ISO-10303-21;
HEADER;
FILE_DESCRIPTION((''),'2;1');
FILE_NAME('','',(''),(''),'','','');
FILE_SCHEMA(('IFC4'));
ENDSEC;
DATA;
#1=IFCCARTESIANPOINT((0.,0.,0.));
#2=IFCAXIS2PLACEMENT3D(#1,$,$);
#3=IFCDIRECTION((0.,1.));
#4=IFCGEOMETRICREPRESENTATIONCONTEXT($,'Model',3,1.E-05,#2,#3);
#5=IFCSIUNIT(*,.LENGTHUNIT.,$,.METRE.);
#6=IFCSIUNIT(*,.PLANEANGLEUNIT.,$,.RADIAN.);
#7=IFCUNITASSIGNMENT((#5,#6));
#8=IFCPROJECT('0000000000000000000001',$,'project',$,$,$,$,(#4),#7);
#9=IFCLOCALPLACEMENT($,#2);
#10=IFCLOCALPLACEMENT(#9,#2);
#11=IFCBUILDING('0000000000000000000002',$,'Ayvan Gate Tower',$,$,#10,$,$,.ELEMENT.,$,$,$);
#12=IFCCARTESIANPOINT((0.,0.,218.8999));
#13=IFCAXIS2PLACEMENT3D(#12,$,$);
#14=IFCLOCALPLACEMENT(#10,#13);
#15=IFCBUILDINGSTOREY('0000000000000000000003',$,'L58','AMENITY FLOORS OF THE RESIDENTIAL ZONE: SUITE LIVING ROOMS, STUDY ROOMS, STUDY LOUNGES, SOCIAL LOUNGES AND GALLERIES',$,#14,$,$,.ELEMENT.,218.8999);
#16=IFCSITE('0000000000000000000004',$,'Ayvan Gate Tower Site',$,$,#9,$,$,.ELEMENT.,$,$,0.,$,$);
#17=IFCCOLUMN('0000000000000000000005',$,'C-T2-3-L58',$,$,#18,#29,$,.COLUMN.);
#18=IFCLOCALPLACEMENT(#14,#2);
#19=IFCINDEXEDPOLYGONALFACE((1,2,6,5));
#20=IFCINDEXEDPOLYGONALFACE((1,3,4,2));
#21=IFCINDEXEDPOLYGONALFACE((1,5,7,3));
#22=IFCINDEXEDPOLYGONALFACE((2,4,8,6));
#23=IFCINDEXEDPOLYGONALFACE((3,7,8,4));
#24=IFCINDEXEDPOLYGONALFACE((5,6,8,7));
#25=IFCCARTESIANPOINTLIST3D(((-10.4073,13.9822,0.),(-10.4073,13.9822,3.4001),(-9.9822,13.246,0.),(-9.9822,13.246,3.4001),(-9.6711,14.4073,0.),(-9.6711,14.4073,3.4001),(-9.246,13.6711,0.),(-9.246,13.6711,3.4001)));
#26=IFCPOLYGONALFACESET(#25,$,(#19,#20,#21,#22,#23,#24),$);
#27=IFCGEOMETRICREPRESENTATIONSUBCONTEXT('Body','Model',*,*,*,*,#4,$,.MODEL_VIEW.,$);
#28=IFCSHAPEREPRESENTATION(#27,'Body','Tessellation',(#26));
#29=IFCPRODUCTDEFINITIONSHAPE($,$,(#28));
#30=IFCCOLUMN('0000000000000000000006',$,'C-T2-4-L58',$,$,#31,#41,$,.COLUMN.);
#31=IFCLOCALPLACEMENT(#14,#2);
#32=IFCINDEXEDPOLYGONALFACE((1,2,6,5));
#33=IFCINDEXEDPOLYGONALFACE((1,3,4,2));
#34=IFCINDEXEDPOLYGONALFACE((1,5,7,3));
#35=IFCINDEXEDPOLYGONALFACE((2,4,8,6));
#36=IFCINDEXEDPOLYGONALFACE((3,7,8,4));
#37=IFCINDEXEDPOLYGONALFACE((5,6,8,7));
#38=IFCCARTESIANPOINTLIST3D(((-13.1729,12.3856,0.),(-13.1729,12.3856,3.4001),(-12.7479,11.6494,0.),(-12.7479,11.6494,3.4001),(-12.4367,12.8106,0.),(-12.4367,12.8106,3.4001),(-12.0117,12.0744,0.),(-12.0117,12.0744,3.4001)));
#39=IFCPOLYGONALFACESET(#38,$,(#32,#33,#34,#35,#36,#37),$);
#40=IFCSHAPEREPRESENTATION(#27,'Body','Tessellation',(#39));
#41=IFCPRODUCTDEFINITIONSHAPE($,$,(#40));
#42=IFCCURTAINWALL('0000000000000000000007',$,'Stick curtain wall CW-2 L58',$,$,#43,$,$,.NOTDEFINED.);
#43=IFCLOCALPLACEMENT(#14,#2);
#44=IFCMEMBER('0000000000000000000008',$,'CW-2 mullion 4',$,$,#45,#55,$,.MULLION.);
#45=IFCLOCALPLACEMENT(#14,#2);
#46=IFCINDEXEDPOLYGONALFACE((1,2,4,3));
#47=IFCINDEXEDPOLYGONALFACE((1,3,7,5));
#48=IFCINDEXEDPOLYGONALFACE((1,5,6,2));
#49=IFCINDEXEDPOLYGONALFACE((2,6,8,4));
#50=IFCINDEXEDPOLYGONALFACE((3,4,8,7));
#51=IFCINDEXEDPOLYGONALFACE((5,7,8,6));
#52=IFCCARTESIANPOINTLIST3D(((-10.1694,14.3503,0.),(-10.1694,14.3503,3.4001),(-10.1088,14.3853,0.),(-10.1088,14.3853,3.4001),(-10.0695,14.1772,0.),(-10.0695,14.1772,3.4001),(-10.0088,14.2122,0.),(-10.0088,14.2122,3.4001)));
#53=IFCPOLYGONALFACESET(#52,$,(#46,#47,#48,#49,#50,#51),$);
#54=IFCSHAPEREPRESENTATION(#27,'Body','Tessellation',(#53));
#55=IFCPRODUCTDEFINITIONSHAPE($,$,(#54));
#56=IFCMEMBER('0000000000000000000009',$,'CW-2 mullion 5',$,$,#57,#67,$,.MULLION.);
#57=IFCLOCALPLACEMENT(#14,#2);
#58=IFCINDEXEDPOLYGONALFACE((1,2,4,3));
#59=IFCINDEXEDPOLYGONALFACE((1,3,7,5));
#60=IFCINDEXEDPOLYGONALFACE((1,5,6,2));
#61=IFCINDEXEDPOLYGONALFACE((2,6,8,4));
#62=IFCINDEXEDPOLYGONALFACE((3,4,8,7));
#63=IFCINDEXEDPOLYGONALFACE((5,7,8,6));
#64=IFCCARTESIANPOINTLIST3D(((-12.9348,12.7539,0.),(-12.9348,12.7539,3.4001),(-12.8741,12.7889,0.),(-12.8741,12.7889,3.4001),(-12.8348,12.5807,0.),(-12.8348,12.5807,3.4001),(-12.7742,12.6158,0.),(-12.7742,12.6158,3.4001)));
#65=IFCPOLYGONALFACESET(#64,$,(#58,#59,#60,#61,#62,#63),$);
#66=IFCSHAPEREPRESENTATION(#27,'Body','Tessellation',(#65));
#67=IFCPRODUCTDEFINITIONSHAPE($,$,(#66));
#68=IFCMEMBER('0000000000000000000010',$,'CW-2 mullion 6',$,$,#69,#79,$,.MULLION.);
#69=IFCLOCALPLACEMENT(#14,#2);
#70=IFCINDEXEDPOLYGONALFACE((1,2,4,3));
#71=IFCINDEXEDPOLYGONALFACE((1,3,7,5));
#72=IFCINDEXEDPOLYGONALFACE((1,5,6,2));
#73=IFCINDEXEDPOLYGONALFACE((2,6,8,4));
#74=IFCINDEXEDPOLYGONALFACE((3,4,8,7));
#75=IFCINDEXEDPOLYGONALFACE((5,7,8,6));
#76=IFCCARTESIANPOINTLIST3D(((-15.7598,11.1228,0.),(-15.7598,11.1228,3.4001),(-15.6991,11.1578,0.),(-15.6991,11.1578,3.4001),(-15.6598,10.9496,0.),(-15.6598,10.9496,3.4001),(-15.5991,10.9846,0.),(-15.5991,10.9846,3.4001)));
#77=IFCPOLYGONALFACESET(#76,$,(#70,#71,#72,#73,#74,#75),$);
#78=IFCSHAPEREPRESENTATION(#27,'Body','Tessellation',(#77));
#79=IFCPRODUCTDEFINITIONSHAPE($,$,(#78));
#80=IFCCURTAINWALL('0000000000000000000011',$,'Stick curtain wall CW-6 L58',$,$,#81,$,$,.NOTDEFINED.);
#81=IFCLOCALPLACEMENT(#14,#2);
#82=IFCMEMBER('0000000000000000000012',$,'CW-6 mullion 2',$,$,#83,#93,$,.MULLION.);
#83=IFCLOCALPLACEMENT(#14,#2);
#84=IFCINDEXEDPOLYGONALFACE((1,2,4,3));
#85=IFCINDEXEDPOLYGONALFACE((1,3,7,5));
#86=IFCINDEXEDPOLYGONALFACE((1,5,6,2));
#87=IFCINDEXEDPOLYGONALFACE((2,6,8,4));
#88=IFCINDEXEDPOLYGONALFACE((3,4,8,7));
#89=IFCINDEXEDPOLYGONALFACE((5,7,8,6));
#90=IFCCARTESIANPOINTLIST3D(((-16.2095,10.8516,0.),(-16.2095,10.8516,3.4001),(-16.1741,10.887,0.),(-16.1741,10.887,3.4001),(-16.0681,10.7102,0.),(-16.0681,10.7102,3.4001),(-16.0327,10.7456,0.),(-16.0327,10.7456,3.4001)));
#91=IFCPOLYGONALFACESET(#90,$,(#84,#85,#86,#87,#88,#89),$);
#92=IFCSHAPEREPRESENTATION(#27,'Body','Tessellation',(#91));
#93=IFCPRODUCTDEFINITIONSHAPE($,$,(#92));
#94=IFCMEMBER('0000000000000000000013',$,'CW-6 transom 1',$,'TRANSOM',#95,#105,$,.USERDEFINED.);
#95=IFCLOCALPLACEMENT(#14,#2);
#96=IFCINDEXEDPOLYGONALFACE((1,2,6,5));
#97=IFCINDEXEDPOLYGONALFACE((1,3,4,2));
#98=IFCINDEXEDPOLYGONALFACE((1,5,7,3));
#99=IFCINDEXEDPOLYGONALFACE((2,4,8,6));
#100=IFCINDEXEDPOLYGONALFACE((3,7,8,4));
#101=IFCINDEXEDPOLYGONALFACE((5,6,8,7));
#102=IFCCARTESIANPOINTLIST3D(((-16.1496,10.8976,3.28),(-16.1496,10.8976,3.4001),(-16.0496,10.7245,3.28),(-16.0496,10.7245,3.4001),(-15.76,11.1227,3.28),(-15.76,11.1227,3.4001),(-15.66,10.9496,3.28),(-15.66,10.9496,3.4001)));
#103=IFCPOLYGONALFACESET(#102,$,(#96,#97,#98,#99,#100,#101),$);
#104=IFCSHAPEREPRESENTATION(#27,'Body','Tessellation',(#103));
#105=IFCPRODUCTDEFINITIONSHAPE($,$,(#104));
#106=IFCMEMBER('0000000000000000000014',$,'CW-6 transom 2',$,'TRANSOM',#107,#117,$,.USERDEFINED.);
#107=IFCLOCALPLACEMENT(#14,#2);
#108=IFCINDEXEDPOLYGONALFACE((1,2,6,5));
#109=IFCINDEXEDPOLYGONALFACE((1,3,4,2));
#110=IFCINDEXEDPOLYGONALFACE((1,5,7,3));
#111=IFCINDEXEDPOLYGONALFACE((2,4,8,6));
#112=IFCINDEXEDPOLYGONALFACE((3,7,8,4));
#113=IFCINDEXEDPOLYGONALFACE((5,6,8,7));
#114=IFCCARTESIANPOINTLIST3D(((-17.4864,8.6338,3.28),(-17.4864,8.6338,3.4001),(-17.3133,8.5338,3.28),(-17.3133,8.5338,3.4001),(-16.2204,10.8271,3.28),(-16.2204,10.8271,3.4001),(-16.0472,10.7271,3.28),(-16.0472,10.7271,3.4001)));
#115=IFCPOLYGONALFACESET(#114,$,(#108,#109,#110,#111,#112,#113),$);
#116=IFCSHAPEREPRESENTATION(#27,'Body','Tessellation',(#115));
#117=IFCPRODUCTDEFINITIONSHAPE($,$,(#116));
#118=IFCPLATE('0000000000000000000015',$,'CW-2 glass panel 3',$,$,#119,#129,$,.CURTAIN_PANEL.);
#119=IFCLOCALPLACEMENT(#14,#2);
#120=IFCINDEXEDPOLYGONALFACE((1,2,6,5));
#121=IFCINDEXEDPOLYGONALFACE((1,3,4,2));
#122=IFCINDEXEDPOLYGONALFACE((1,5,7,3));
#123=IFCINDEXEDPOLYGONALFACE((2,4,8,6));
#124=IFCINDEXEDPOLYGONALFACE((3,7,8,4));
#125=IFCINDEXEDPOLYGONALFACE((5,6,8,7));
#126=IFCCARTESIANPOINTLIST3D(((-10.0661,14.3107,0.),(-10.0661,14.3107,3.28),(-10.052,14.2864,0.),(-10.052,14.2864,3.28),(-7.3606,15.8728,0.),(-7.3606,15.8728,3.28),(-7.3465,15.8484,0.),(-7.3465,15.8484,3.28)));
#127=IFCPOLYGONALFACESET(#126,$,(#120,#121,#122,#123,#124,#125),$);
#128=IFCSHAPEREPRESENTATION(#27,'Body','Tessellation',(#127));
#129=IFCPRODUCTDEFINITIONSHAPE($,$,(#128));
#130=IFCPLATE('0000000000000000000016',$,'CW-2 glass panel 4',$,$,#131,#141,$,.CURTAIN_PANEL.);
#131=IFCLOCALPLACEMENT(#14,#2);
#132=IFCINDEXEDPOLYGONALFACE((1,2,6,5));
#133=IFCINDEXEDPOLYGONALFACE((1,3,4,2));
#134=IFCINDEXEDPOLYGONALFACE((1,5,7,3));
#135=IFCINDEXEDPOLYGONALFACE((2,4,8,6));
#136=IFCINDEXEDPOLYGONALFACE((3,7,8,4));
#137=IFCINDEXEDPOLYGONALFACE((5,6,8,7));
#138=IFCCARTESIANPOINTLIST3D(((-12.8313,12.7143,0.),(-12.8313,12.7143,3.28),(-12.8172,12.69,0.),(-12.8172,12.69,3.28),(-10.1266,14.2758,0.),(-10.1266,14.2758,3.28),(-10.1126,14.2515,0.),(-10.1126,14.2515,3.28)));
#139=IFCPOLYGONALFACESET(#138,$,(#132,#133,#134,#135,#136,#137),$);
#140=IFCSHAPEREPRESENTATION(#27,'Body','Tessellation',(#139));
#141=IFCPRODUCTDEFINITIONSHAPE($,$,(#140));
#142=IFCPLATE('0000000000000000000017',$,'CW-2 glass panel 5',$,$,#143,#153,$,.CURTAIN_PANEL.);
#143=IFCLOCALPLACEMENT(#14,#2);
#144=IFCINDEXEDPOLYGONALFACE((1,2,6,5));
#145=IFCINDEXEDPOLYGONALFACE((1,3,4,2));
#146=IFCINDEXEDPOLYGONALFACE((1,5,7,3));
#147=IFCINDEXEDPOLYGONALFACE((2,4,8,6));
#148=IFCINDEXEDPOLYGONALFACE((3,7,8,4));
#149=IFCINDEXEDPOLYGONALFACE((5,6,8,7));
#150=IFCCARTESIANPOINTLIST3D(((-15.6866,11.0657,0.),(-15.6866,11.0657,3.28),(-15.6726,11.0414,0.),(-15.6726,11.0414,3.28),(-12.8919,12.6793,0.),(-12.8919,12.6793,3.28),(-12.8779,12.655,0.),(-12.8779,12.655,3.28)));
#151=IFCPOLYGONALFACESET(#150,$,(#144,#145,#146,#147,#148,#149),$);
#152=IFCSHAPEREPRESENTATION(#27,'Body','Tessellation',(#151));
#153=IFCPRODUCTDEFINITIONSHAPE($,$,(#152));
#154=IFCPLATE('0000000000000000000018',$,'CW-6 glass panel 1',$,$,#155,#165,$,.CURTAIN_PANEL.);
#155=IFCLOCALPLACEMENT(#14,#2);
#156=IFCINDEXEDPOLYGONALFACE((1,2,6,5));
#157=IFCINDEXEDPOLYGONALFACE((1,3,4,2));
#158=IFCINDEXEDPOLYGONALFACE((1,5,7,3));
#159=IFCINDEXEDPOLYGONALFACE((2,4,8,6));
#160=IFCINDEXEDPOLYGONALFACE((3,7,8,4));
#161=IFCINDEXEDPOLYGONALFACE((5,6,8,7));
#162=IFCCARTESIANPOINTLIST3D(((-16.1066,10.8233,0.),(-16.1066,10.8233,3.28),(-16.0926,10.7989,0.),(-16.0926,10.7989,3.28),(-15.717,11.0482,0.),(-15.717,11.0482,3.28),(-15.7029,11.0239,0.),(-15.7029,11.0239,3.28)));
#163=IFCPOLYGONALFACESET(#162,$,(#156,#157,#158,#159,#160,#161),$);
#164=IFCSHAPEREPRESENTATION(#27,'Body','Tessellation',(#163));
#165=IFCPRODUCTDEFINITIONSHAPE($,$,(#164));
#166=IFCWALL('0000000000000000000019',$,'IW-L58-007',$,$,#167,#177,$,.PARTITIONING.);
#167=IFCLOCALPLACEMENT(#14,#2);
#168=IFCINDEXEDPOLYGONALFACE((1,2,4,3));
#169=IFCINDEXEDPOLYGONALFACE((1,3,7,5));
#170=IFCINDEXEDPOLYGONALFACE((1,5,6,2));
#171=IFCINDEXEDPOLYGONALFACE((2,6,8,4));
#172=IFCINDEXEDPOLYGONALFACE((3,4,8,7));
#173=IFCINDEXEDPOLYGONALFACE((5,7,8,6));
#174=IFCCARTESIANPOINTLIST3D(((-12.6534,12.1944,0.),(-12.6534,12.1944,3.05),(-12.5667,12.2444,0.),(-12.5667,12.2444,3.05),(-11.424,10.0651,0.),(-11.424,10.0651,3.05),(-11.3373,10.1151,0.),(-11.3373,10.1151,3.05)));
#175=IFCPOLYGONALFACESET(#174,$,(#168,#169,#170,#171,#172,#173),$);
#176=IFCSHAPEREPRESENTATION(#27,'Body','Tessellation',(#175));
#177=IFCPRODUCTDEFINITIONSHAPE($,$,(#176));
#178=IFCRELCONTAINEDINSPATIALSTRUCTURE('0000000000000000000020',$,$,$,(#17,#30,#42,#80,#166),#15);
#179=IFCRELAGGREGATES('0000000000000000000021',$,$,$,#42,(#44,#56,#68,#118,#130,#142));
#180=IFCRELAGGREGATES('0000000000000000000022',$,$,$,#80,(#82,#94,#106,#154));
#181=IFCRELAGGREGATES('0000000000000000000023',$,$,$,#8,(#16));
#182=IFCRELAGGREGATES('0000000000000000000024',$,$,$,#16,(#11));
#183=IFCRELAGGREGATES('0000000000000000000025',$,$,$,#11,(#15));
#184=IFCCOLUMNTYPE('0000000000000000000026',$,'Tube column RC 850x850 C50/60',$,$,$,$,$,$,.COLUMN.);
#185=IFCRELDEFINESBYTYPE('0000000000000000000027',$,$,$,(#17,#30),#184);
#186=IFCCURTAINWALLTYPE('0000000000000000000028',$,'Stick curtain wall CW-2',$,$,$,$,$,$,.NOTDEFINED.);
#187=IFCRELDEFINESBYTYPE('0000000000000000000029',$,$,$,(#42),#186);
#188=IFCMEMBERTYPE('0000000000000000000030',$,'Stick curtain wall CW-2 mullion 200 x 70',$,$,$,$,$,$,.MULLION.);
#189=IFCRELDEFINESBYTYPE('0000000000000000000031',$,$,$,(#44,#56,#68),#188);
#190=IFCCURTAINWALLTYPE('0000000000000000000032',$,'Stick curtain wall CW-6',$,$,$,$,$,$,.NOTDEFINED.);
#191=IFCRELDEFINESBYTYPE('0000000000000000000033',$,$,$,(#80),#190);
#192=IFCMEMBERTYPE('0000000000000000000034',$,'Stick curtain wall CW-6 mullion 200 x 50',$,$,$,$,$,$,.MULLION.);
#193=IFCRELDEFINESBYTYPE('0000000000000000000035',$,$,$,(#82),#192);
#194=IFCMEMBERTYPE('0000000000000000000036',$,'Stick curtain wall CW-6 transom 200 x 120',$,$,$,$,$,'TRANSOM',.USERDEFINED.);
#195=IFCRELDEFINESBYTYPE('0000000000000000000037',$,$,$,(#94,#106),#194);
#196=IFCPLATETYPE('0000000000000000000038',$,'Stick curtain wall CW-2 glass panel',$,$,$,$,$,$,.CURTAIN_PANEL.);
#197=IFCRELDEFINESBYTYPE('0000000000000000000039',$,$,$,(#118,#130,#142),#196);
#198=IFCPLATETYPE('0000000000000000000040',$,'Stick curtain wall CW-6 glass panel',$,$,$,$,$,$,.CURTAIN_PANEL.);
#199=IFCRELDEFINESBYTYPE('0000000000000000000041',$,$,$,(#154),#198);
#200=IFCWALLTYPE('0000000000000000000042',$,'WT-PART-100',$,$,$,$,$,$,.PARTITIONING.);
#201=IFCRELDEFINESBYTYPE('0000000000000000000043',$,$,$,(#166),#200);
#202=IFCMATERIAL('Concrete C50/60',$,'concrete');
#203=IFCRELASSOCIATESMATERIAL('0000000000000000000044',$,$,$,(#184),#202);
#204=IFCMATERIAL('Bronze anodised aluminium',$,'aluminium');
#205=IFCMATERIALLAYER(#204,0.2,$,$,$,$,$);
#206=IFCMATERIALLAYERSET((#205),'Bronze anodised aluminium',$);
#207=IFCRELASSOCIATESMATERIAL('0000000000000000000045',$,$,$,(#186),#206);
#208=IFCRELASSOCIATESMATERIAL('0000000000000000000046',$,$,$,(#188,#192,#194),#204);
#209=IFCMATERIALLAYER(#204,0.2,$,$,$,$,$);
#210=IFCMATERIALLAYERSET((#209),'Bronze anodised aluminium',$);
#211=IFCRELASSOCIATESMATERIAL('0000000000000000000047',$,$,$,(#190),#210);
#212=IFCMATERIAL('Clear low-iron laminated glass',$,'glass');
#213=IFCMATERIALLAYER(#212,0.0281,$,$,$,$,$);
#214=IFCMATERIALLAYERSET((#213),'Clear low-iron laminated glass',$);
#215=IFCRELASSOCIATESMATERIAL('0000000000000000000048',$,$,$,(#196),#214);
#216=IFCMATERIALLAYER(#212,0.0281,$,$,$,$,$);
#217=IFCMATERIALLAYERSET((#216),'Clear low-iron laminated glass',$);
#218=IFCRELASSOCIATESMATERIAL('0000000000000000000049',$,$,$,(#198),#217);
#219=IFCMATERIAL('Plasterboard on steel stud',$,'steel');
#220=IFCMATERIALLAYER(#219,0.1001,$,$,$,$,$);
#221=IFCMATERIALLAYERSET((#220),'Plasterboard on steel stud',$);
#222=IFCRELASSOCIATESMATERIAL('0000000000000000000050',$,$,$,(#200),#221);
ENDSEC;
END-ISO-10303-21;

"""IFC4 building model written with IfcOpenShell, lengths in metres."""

from ifc_helpers import new_model, si_unit, direction, frame, frame_2d, origin, origin_2d, place, context, subcontext, project, spatial, rectangle, extrude, material, layer, layer_set, material_profile, profile_set, type_object, element, aggregate, save


model = new_model("IFC4")

# Units and contexts
model_context = context("Model", 3, precision=1e-05, world=origin(), true_north=direction((0.0, 1.0)))
body_context = subcontext(model_context, "Body", "Model", "MODEL_VIEW")
ifc_project = project(units=[si_unit("LENGTHUNIT", "METRE"), si_unit("PLANEANGLEUNIT", "RADIAN")], contexts=[model_context])

# Site, building, storey
site_placement = place(None, origin())
site = spatial("IfcSite", under=ifc_project, at=site_placement, Name="Ayvan Gate Tower Site", CompositionType="ELEMENT", RefElevation=0.0)
building_placement = place(site_placement, origin())
building = spatial("IfcBuilding", under=site, at=building_placement, Name="Ayvan Gate Tower", CompositionType="ELEMENT")
storey_placement = place(building_placement, frame((0.0, 0.0, 218.8999)))
storey = spatial("IfcBuildingStorey", under=building, at=storey_placement, Name="L58", Description="AMENITY FLOORS OF THE RESIDENTIAL ZONE: SUITE LIVING ROOMS, STUDY ROOMS, STUDY LOUNGES, SOCIAL LOUNGES AND GALLERIES", CompositionType="ELEMENT", Elevation=218.8999)

# Columns
ifc_material_1 = material(Name="Concrete C50/60", Category="concrete")
ifc_material_profile_1 = material_profile(ifc_material_1, rectangle(XDim=0.8501, YDim=0.8501, at=origin_2d()), Name="RC 850x850")
ifc_profile_set_1 = profile_set([ifc_material_profile_1], Name="Concrete C50/60")
column_type = type_object("IfcColumnType", Name="Tube column RC 850x850 C50/60", PredefinedType="COLUMN", material=ifc_profile_set_1)
for number, where, z_axis, x_axis, name in (
    (1, (-9.8267, 13.8267, 0.0), (0.0, 0.0, 1.0), (-0.5, 0.866025, 0.0), "C-T2-3-L58"),
    (2, (-12.5923, 12.23, 0.0), (0.0, 0.0, 1.0), (-0.5, 0.866025, 0.0), "C-T2-4-L58"),
):
    element("IfcColumn", number, at=place(storey_placement, frame(where, z_axis=z_axis, x_axis=x_axis)), inside=storey, type_object=column_type, Name=name, PredefinedType="COLUMN", context=body_context, shape_type="SweptSolid", body=[
        extrude(rectangle(XDim=0.8501, YDim=0.8501, at=origin_2d()), origin(), (0.0, 0.0, 1.0), 3.4001),
    ])

# Curtain walls, members
ifc_material_2 = material(Name="Bronze anodised aluminium", Category="aluminium")
ifc_layer_1 = layer(ifc_material_2, 0.2)
ifc_layer_set_1 = layer_set([ifc_layer_1], Name="Bronze anodised aluminium")
curtain_wall_type_1 = type_object("IfcCurtainWallType", Name="Stick curtain wall CW-2", PredefinedType="NOTDEFINED", material=ifc_layer_set_1)
curtain_wall_1_placement = place(storey_placement, origin())
curtain_wall_1 = element("IfcCurtainWall", 3, at=curtain_wall_1_placement, inside=storey, type_object=curtain_wall_type_1, Name="Stick curtain wall CW-2 L58", PredefinedType="NOTDEFINED")
ifc_material_profile_2 = material_profile(ifc_material_2, rectangle(XDim=0.2, YDim=0.0701, at=origin_2d()), Name="Stick curtain wall CW-2 mullion 200 x 70")
ifc_profile_set_2 = profile_set([ifc_material_profile_2], Name="Bronze anodised aluminium")
member_type_1 = type_object("IfcMemberType", Name="Stick curtain wall CW-2 mullion 200 x 70", PredefinedType="MULLION", material=ifc_profile_set_2)
member_1_placement = place(storey_placement, frame((-10.0891, 14.2812, 0.0), z_axis=(0.0, 0.0, 1.0), x_axis=(-0.5, 0.866025, 0.0)))
member_1 = element("IfcMember", 4, at=member_1_placement, type_object=member_type_1, Name="CW-2 mullion 4", PredefinedType="MULLION", context=body_context, shape_type="SweptSolid", body=[
    extrude(rectangle(XDim=0.2, YDim=0.0701, at=origin_2d()), origin(), (0.0, 0.0, 1.0), 3.4001),
])
member_2_placement = place(storey_placement, frame((-12.8545, 12.6848, 0.0), z_axis=(0.0, 0.0, 1.0), x_axis=(-0.5, 0.866025, 0.0)))
member_2 = element("IfcMember", 5, at=member_2_placement, type_object=member_type_1, Name="CW-2 mullion 5", PredefinedType="MULLION", context=body_context, shape_type="SweptSolid", body=[
    extrude(rectangle(XDim=0.2, YDim=0.0701, at=origin_2d()), origin(), (0.0, 0.0, 1.0), 3.4001),
])
member_3_placement = place(storey_placement, frame((-15.6794, 11.0537, 0.0), z_axis=(0.0, 0.0, 1.0), x_axis=(-0.5, 0.866025, 0.0)))
member_3 = element("IfcMember", 6, at=member_3_placement, type_object=member_type_1, Name="CW-2 mullion 6", PredefinedType="MULLION", context=body_context, shape_type="SweptSolid", body=[
    extrude(rectangle(XDim=0.2, YDim=0.0701, at=origin_2d()), origin(), (0.0, 0.0, 1.0), 3.4001),
])
ifc_layer_2 = layer(ifc_material_2, 0.2)
ifc_layer_set_2 = layer_set([ifc_layer_2], Name="Bronze anodised aluminium")
curtain_wall_type_2 = type_object("IfcCurtainWallType", Name="Stick curtain wall CW-6", PredefinedType="NOTDEFINED", material=ifc_layer_set_2)
curtain_wall_2_placement = place(storey_placement, origin())
curtain_wall_2 = element("IfcCurtainWall", 7, at=curtain_wall_2_placement, inside=storey, type_object=curtain_wall_type_2, Name="Stick curtain wall CW-6 L58", PredefinedType="NOTDEFINED")
ifc_material_profile_3 = material_profile(ifc_material_2, rectangle(XDim=0.2, YDim=0.05, at=origin_2d()), Name="Stick curtain wall CW-6 mullion 200 x 50")
ifc_profile_set_3 = profile_set([ifc_material_profile_3], Name="Bronze anodised aluminium")
member_type_2 = type_object("IfcMemberType", Name="Stick curtain wall CW-6 mullion 200 x 50", PredefinedType="MULLION", material=ifc_profile_set_3)
member_4_placement = place(storey_placement, frame((-16.1211, 10.7986, 0.0), z_axis=(0.0, 0.0, 1.0), x_axis=(-0.707107, 0.707107, 0.0)))
member_4 = element("IfcMember", 8, at=member_4_placement, type_object=member_type_2, Name="CW-6 mullion 2", PredefinedType="MULLION", context=body_context, shape_type="SweptSolid", body=[
    extrude(rectangle(XDim=0.2, YDim=0.05, at=origin_2d()), origin(), (0.0, 0.0, 1.0), 3.4001),
])
ifc_material_profile_4 = material_profile(ifc_material_2, rectangle(XDim=0.2, YDim=0.1201, at=origin_2d()), Name="Stick curtain wall CW-6 transom 200 x 120")
ifc_profile_set_4 = profile_set([ifc_material_profile_4], Name="Bronze anodised aluminium")
member_type_3 = type_object("IfcMemberType", Name="Stick curtain wall CW-6 transom 200 x 120", ElementType="TRANSOM", PredefinedType="USERDEFINED", material=ifc_profile_set_4)
member_5_placement = place(storey_placement, frame((-15.71, 11.0361, 3.3401), z_axis=(-0.865896, -0.500223, 0.0), x_axis=(0.500223, -0.865896, 0.0)))
member_5 = element("IfcMember", 9, at=member_5_placement, type_object=member_type_3, Name="CW-6 transom 1", ObjectType="TRANSOM", PredefinedType="USERDEFINED", context=body_context, shape_type="SweptSolid", body=[
    extrude(rectangle(XDim=0.2, YDim=0.1201, at=origin_2d()), origin(), (0.0, 0.0, 1.0), 0.45),
])
member_6_placement = place(storey_placement, frame((-16.1338, 10.7771, 3.3401), z_axis=(-0.499934, -0.866064, 0.0), x_axis=(0.866064, -0.499934, 0.0)))
member_6 = element("IfcMember", 10, at=member_6_placement, type_object=member_type_3, Name="CW-6 transom 2", ObjectType="TRANSOM", PredefinedType="USERDEFINED", context=body_context, shape_type="SweptSolid", body=[
    extrude(rectangle(XDim=0.2, YDim=0.1201, at=origin_2d()), origin(), (0.0, 0.0, 1.0), 2.5325),
])

# Plates
ifc_material_3 = material(Name="Clear low-iron laminated glass", Category="glass")
ifc_layer_3 = layer(ifc_material_3, 0.0281)
ifc_layer_set_3 = layer_set([ifc_layer_3], Name="Clear low-iron laminated glass")
plate_type_1 = type_object("IfcPlateType", Name="Stick curtain wall CW-2 glass panel", PredefinedType="CURTAIN_PANEL", material=ifc_layer_set_3)
plate_1_placement = place(storey_placement, frame((-8.7063, 15.0796, 0.0), z_axis=(0.0, 0.0, 1.0), x_axis=(-0.866025, -0.5, 0.0)))
plate_1 = element("IfcPlate", 11, at=plate_1_placement, type_object=plate_type_1, Name="CW-2 glass panel 3", PredefinedType="CURTAIN_PANEL", context=body_context, shape_type="SweptSolid", body=[
    extrude(rectangle(XDim=3.124, YDim=0.0281, at=origin_2d()), origin(), (0.0, 0.0, 1.0), 3.28),
])
plate_2_placement = place(storey_placement, frame((-11.4719, 13.4829, 0.0), z_axis=(0.0, 0.0, 1.0), x_axis=(-0.866025, -0.5, 0.0)))
plate_2 = element("IfcPlate", 12, at=plate_2_placement, type_object=plate_type_1, Name="CW-2 glass panel 4", PredefinedType="CURTAIN_PANEL", context=body_context, shape_type="SweptSolid", body=[
    extrude(rectangle(XDim=3.123, YDim=0.0281, at=origin_2d()), origin(), (0.0, 0.0, 1.0), 3.28),
])
plate_3_placement = place(storey_placement, frame((-14.2822, 11.8604, 0.0), z_axis=(0.0, 0.0, 1.0), x_axis=(-0.866025, -0.5, 0.0)))
plate_3 = element("IfcPlate", 13, at=plate_3_placement, type_object=plate_type_1, Name="CW-2 glass panel 5", PredefinedType="CURTAIN_PANEL", context=body_context, shape_type="SweptSolid", body=[
    extrude(rectangle(XDim=3.2271, YDim=0.0281, at=origin_2d()), origin(), (0.0, 0.0, 1.0), 3.28),
])
aggregate(curtain_wall_1, [member_1, member_2, member_3, plate_1, plate_2, plate_3])
ifc_layer_4 = layer(ifc_material_3, 0.0281)
ifc_layer_set_4 = layer_set([ifc_layer_4], Name="Clear low-iron laminated glass")
plate_type_2 = type_object("IfcPlateType", Name="Stick curtain wall CW-6 glass panel", PredefinedType="CURTAIN_PANEL", material=ifc_layer_set_4)
plate_4_placement = place(storey_placement, frame((-15.9048, 10.9236, 0.0), z_axis=(0.0, 0.0, 1.0), x_axis=(-0.866025, -0.5, 0.0)))
plate_4 = element("IfcPlate", 14, at=plate_4_placement, type_object=plate_type_2, Name="CW-6 glass panel 1", PredefinedType="CURTAIN_PANEL", context=body_context, shape_type="SweptSolid", body=[
    extrude(rectangle(XDim=0.45, YDim=0.0281, at=origin_2d()), origin(), (0.0, 0.0, 1.0), 3.28),
])
aggregate(curtain_wall_2, [member_4, member_5, member_6, plate_4])

# Wall
ifc_material_4 = material(Name="Plasterboard on steel stud", Category="steel")
ifc_layer_5 = layer(ifc_material_4, 0.1001)
ifc_layer_set_5 = layer_set([ifc_layer_5], Name="Plasterboard on steel stud")
wall_type = type_object("IfcWallType", Name="WT-PART-100", PredefinedType="PARTITIONING", material=ifc_layer_set_5)
wall_placement = place(storey_placement, frame((-12.6101, 12.2195, 0.0), z_axis=(0.0, 0.0, 1.0), x_axis=(0.500026, -0.86601, 0.0)))
element("IfcWall", 15, at=wall_placement, inside=storey, type_object=wall_type, Name="IW-L58-007", PredefinedType="PARTITIONING", context=body_context, shape_type="SweptSolid", body=[
    extrude(rectangle(XDim=2.4587, YDim=0.1001, at=frame_2d((1.2295, 0.0))), origin(), (0.0, 0.0, 1.0), 3.05),
])

save(model, "model.ifc")
